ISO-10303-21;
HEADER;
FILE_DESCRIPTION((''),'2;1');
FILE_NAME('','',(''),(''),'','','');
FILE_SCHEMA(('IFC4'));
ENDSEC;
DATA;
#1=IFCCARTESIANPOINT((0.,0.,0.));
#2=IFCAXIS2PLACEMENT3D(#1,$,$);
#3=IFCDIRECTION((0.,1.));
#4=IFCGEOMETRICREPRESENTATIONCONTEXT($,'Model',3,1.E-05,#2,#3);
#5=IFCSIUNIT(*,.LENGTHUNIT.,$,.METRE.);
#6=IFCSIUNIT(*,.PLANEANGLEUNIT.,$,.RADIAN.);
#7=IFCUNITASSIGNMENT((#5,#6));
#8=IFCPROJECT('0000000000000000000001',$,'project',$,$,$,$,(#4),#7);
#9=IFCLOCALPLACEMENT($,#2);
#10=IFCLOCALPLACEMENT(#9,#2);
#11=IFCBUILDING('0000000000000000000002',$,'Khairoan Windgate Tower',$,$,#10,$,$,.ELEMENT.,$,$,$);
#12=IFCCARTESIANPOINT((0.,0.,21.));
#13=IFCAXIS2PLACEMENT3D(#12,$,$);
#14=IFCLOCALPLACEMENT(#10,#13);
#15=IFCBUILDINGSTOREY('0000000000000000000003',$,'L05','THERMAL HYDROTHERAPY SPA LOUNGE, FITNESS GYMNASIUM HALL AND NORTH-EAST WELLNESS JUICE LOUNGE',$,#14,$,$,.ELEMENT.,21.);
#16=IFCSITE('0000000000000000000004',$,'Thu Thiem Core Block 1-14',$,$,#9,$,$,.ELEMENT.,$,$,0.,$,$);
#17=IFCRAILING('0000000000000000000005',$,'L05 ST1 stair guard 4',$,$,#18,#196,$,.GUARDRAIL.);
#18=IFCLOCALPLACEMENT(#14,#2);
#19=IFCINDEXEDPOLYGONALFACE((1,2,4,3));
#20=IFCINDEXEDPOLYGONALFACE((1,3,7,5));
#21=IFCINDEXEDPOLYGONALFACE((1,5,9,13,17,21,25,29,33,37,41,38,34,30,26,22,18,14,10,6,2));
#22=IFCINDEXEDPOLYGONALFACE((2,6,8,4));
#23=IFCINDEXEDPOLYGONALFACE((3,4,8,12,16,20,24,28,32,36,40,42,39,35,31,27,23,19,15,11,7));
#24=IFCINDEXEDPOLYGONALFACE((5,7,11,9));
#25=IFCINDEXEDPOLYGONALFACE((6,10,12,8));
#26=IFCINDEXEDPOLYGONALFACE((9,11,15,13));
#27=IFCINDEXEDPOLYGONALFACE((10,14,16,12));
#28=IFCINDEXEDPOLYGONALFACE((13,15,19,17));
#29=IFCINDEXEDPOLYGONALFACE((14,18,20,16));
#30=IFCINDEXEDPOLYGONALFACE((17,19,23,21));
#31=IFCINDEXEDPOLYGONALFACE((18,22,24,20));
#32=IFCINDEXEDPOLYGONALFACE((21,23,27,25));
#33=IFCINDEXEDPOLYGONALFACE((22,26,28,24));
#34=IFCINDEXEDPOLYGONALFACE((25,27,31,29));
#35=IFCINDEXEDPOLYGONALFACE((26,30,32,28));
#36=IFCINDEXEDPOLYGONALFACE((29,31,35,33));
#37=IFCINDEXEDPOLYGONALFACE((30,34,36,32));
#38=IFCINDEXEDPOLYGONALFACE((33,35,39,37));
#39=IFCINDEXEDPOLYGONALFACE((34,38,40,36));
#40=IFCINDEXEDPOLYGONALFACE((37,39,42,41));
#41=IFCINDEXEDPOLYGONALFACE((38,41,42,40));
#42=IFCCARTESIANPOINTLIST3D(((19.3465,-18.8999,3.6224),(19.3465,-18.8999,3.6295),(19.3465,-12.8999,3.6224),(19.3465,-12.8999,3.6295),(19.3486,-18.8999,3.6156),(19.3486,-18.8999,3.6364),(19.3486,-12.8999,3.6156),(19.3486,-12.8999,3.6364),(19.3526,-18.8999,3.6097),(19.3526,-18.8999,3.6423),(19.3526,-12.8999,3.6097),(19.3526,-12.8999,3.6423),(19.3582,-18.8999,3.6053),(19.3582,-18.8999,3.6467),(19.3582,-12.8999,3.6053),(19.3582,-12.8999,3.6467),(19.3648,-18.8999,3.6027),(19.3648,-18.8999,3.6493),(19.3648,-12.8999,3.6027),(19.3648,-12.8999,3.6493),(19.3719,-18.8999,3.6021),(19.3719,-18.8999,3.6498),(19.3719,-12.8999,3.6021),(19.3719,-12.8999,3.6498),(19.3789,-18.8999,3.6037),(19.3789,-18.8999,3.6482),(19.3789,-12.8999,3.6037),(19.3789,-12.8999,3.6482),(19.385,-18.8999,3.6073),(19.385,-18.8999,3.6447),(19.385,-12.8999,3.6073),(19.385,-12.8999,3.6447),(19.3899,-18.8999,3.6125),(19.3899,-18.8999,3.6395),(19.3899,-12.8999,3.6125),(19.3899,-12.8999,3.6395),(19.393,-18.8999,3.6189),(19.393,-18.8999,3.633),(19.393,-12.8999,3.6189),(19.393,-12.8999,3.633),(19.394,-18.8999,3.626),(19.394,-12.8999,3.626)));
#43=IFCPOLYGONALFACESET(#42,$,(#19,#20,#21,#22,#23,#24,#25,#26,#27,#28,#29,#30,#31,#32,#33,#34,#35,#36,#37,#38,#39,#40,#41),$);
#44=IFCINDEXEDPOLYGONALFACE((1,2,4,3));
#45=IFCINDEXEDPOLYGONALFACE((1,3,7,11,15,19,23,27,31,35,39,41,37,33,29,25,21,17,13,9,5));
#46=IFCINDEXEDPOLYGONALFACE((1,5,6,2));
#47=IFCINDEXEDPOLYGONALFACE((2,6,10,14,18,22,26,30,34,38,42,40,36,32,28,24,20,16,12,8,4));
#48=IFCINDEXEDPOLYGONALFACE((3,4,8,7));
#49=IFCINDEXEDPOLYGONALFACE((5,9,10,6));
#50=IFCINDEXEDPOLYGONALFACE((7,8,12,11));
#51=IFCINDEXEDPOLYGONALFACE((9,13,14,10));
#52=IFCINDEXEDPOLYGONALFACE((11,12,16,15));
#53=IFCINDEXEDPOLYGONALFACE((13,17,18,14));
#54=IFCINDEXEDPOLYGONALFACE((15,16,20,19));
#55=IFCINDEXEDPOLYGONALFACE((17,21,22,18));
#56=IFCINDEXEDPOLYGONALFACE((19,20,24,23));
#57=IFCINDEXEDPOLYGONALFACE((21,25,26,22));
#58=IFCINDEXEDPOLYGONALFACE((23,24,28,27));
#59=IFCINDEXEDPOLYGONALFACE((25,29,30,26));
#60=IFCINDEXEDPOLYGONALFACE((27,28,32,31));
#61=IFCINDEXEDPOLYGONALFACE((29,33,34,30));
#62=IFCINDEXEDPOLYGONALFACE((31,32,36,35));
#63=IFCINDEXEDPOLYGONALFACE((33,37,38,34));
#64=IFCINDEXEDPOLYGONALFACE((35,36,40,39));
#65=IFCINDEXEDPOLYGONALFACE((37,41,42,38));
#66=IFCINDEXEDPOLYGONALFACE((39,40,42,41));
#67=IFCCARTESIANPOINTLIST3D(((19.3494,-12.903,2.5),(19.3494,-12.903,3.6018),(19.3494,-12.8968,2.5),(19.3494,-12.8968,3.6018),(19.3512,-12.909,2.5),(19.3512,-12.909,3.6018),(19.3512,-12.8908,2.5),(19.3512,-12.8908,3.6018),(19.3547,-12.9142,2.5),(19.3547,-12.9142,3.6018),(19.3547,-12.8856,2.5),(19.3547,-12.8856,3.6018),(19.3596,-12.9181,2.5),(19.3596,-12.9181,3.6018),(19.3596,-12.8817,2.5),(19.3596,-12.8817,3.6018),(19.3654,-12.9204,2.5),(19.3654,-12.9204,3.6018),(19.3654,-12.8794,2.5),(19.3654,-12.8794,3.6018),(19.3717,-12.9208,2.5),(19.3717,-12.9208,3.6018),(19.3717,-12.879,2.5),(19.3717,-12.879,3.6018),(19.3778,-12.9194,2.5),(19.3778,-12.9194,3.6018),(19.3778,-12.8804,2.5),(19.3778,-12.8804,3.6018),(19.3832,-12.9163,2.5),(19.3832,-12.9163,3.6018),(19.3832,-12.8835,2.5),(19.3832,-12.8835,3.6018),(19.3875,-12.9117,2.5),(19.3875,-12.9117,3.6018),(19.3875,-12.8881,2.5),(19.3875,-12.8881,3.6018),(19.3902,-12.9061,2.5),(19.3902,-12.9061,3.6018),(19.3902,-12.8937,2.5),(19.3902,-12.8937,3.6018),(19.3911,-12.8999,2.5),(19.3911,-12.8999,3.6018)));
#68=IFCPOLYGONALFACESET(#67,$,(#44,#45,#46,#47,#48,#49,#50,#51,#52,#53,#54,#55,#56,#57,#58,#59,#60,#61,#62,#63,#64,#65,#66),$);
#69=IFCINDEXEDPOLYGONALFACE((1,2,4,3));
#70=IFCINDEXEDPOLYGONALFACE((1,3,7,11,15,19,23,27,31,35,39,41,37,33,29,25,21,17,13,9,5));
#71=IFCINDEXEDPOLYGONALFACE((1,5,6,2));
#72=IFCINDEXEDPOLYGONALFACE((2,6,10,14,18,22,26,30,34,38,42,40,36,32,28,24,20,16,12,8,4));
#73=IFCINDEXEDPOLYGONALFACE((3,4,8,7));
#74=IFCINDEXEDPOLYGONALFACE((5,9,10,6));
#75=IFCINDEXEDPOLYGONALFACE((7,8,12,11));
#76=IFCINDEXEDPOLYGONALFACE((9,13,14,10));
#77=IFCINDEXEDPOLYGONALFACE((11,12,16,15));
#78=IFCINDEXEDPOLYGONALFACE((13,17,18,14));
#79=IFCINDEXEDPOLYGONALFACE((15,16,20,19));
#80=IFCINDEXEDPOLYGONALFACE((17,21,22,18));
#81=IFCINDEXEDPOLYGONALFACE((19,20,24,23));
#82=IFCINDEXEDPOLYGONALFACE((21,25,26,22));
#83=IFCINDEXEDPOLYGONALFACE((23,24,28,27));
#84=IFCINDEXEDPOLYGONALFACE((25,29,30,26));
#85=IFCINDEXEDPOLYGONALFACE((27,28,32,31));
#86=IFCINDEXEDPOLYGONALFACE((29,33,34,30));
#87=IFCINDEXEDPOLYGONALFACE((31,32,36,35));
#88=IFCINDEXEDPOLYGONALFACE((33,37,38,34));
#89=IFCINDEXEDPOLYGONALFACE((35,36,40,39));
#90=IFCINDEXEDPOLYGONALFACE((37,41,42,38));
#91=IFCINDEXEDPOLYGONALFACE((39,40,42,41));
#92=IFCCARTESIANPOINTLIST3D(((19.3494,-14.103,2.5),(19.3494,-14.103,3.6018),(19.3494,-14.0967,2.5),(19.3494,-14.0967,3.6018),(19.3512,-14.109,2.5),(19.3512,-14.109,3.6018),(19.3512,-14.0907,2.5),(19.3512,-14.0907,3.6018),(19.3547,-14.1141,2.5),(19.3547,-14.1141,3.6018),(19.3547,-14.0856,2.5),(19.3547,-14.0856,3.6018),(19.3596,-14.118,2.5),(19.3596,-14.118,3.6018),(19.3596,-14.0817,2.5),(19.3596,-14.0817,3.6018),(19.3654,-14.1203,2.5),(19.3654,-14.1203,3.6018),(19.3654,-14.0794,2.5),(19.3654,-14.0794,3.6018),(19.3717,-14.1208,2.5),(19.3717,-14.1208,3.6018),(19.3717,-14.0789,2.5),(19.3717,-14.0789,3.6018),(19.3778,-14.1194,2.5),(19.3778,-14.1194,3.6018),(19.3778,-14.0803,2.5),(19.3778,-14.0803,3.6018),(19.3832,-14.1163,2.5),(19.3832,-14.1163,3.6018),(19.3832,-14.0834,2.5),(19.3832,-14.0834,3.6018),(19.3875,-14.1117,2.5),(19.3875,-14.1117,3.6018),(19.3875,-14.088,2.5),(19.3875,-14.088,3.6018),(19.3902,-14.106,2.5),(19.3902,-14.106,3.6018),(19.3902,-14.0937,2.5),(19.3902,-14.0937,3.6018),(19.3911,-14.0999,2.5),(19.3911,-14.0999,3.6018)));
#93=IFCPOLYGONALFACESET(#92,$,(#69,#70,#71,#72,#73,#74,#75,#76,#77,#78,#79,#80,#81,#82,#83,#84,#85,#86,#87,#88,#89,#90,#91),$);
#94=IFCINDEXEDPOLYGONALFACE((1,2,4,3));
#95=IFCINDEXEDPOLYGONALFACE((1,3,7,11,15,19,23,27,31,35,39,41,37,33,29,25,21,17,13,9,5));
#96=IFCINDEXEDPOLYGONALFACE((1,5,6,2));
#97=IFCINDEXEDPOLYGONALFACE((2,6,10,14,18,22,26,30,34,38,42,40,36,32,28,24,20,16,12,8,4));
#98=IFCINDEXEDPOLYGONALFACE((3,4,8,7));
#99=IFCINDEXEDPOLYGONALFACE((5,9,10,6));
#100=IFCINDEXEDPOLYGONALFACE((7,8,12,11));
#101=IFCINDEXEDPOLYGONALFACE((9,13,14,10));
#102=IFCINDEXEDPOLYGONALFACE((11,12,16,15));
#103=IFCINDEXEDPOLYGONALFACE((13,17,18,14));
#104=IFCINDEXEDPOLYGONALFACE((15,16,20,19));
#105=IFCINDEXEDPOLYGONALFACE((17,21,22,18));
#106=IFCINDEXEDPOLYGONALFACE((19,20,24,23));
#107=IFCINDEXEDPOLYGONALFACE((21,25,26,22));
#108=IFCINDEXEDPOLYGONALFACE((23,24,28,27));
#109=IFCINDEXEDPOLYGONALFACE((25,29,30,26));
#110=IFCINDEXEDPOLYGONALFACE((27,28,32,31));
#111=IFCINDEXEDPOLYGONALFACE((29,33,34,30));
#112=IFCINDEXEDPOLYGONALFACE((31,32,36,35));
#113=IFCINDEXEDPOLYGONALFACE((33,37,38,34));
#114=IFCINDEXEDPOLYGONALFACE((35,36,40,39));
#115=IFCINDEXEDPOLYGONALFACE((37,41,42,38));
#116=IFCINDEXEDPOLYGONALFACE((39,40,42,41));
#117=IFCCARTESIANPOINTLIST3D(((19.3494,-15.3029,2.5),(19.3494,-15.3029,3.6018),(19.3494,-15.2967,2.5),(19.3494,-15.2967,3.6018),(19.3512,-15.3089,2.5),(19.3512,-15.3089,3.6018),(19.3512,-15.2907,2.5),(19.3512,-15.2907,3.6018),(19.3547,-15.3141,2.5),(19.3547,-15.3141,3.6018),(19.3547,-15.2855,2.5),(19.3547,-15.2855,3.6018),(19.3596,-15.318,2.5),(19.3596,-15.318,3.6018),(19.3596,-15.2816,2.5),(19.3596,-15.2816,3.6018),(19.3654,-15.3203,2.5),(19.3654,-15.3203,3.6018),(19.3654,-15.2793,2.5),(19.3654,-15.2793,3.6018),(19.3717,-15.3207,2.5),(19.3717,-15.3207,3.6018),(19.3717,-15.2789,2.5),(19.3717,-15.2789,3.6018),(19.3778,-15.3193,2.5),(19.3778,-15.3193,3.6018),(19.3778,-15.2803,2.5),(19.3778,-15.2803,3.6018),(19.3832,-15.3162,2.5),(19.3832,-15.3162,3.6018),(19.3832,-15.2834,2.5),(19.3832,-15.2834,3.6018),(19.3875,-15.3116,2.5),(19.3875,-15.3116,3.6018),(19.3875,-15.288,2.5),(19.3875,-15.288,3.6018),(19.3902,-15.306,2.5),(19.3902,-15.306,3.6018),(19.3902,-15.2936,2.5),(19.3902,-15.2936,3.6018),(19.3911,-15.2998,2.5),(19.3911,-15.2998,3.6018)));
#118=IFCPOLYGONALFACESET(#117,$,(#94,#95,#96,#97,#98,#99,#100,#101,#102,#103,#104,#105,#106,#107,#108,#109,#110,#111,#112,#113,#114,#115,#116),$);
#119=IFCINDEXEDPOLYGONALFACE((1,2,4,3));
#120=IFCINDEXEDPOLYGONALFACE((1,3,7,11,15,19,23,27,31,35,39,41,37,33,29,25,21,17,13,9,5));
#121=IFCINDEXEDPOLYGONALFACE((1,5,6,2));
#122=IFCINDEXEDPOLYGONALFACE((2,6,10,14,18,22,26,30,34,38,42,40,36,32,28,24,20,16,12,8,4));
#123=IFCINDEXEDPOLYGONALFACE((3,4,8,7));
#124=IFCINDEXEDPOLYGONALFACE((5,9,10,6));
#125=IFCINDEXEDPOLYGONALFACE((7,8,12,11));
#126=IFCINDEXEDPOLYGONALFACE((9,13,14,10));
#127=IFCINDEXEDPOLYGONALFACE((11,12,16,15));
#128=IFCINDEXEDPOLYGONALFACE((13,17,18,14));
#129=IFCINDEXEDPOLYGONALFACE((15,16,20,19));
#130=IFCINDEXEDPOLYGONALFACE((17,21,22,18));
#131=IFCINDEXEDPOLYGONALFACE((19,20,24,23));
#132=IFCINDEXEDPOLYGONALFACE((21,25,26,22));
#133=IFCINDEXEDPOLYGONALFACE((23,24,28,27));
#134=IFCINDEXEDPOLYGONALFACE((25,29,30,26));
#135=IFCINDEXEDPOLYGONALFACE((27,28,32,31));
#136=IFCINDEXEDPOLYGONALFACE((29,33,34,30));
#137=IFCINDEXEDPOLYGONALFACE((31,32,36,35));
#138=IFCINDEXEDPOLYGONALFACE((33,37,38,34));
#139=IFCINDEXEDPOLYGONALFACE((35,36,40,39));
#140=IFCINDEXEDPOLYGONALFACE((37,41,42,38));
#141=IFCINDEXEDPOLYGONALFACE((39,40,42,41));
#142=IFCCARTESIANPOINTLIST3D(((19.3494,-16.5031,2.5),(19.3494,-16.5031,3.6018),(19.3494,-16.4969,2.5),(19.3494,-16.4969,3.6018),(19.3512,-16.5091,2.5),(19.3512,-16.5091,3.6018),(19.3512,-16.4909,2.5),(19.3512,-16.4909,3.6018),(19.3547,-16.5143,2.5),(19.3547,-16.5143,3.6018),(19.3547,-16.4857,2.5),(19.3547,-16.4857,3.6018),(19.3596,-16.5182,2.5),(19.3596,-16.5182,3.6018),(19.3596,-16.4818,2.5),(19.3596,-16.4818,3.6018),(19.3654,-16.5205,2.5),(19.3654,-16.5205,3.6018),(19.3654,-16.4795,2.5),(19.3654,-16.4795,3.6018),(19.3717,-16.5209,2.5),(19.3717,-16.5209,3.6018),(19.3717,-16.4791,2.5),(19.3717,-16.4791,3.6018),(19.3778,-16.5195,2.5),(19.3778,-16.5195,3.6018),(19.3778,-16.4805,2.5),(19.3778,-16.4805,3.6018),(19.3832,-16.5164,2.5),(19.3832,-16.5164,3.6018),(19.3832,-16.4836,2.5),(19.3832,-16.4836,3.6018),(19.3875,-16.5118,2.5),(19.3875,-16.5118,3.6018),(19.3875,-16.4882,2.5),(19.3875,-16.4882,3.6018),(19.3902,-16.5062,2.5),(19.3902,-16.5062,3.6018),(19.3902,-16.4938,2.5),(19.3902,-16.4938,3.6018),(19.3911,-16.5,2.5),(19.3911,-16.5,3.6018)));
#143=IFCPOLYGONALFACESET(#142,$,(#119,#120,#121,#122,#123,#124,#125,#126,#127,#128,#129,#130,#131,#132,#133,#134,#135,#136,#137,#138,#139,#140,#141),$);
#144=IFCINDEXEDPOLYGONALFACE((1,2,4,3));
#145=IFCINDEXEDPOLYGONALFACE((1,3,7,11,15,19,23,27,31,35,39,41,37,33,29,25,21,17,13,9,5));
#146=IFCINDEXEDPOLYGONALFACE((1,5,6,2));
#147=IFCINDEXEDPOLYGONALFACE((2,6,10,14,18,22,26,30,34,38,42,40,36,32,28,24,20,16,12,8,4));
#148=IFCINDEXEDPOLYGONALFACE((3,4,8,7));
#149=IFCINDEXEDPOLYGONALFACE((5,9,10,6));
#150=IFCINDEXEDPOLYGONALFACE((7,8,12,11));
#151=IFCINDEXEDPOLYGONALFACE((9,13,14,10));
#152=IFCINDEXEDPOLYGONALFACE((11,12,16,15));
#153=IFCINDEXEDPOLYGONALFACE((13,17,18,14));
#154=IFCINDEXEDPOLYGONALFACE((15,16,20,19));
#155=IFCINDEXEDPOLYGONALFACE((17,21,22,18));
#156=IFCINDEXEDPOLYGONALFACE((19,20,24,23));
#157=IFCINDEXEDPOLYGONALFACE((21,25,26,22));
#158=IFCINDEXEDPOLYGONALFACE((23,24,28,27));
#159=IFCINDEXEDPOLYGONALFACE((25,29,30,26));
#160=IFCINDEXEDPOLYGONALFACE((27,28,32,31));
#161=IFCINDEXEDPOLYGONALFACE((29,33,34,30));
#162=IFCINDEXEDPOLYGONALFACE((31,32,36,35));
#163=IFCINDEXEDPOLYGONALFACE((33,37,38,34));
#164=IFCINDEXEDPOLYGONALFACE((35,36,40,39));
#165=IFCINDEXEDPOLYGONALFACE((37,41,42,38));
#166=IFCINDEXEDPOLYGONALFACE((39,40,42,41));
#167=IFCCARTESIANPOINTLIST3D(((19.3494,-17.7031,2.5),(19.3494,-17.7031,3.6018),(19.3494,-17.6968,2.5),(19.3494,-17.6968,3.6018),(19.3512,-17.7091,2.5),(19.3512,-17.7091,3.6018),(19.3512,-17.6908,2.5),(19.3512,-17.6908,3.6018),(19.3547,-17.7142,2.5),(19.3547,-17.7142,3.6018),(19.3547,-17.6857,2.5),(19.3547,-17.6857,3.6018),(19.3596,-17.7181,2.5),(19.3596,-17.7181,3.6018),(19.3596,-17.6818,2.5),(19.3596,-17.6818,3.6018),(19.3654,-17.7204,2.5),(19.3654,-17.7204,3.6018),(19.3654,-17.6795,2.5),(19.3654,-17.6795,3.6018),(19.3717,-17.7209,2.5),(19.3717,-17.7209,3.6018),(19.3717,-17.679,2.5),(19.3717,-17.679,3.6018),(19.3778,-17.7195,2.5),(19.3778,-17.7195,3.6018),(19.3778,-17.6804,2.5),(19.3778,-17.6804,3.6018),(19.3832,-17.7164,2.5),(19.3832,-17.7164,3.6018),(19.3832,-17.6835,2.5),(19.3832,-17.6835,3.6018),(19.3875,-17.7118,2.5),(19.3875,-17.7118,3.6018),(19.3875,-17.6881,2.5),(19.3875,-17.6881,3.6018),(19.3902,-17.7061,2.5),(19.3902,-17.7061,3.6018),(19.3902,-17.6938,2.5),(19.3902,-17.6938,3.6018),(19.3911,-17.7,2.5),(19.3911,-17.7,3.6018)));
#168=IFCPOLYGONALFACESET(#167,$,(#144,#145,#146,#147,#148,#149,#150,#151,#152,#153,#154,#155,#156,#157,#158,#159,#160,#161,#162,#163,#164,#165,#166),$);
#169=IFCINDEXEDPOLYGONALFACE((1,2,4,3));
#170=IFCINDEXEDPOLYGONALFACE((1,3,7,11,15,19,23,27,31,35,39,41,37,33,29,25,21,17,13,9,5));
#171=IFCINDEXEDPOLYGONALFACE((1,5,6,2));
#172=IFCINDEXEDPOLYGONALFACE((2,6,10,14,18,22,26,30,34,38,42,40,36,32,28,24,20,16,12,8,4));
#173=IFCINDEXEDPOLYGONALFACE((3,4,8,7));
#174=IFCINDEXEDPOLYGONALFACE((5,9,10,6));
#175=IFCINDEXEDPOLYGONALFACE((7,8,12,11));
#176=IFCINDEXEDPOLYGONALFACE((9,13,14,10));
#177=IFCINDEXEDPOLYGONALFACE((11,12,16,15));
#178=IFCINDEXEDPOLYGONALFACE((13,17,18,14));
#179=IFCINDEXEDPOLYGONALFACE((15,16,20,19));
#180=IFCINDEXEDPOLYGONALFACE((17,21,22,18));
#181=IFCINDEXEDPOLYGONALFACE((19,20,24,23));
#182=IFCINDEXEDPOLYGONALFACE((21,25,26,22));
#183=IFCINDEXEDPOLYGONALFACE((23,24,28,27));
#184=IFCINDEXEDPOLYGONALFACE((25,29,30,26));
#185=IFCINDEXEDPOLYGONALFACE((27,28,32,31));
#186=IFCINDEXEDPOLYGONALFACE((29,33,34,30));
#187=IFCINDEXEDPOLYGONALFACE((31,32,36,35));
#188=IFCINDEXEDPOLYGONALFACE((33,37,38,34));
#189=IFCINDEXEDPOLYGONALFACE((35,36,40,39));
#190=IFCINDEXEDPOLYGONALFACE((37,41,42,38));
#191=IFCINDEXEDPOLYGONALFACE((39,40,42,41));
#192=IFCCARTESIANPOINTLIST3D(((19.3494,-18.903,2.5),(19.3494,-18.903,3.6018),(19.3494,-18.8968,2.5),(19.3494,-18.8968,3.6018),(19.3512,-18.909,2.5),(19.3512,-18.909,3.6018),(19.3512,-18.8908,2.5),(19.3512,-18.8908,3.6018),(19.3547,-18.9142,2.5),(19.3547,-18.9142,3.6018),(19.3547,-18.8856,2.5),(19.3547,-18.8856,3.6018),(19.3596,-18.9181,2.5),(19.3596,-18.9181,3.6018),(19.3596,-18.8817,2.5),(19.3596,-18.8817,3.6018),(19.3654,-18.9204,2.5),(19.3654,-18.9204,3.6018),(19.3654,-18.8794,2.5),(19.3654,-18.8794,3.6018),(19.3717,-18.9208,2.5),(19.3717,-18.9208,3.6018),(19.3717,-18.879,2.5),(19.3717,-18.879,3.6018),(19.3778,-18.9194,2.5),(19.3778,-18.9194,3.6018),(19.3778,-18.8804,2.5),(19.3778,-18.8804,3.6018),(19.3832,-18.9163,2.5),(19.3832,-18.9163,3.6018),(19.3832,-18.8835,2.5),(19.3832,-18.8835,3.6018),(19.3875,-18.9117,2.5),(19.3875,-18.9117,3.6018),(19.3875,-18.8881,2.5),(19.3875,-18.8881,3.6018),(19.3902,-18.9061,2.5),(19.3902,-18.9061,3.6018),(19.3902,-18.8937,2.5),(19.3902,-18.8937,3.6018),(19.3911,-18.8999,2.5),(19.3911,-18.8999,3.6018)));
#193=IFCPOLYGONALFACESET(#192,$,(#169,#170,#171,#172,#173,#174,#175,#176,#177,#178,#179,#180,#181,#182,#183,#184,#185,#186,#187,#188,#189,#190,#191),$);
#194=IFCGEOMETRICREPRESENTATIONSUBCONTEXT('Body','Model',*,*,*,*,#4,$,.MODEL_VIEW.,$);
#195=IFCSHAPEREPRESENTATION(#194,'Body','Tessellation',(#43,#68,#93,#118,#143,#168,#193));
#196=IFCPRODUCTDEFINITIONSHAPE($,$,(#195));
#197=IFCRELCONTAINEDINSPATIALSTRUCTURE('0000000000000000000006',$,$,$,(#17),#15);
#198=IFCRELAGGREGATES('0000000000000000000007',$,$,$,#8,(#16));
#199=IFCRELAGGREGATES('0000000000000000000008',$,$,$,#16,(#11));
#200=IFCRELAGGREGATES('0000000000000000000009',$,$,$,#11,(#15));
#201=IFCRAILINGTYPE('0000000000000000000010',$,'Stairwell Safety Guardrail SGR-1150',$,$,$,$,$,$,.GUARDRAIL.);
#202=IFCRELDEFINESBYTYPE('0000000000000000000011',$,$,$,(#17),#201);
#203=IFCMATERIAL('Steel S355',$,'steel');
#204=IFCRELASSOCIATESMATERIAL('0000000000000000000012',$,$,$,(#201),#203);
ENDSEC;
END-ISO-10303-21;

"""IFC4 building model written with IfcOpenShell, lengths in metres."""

from ifc_helpers import new_model, si_unit, direction, frame, origin, origin_2d, place, context, subcontext, project, spatial, circle, extrude, material, type_object, element, save


model = new_model("IFC4")

# Units and contexts
model_context = context("Model", 3, precision=1e-05, world=origin(), true_north=direction((0.0, 1.0)))
body_context = subcontext(model_context, "Body", "Model", "MODEL_VIEW")
ifc_project = project(units=[si_unit("LENGTHUNIT", "METRE"), si_unit("PLANEANGLEUNIT", "RADIAN")], contexts=[model_context])

# Site, building, storey
site_placement = place(None, origin())
site = spatial("IfcSite", under=ifc_project, at=site_placement, Name="Thu Thiem Core Block 1-14", CompositionType="ELEMENT", RefElevation=0.0)
building_placement = place(site_placement, origin())
building = spatial("IfcBuilding", under=site, at=building_placement, Name="Khairoan Windgate Tower", CompositionType="ELEMENT")
storey_placement = place(building_placement, frame((0.0, 0.0, 21.0)))
storey = spatial("IfcBuildingStorey", under=building, at=storey_placement, Name="L05", Description="THERMAL HYDROTHERAPY SPA LOUNGE, FITNESS GYMNASIUM HALL AND NORTH-EAST WELLNESS JUICE LOUNGE", CompositionType="ELEMENT", Elevation=21.0)

# Railing
ifc_material_1 = material(Name="Steel S355", Category="steel")
railing_type_1 = type_object("IfcRailingType", Name="Stairwell Safety Guardrail SGR-1150", PredefinedType="GUARDRAIL", material=ifc_material_1)
railing_1_placement = place(storey_placement, frame((19.3701, -12.8999, 2.5)))
element("IfcRailing", 1, at=railing_1_placement, inside=storey, type_object=railing_type_1, Name="L05 ST1 stair guard 4", PredefinedType="GUARDRAIL", context=body_context, shape_type="SweptSolid", body=[
    extrude(circle(Radius=0.0239, at=origin_2d()), frame((0.0, 0.0, 1.126), z_axis=(0.0, -1.0, 0.0), x_axis=(1.0, 0.0, 0.0)), (0.0, 0.0, 1.0), 6.0),
    extrude(circle(Radius=0.021, at=origin_2d()), origin(), (0.0, 0.0, 1.0), 1.1018),
    extrude(circle(Radius=0.021, at=origin_2d()), frame((0.0, -1.2, 0.0)), (0.0, 0.0, 1.0), 1.1018),
    extrude(circle(Radius=0.021, at=origin_2d()), frame((0.0, -2.3999, 0.0)), (0.0, 0.0, 1.0), 1.1018),
    extrude(circle(Radius=0.021, at=origin_2d()), frame((0.0, -3.6001, 0.0)), (0.0, 0.0, 1.0), 1.1018),
    extrude(circle(Radius=0.021, at=origin_2d()), frame((0.0, -4.8, 0.0)), (0.0, 0.0, 1.0), 1.1018),
    extrude(circle(Radius=0.021, at=origin_2d()), frame((0.0, -6.0, 0.0)), (0.0, 0.0, 1.0), 1.1018),
])

save(model, "model.ifc")
